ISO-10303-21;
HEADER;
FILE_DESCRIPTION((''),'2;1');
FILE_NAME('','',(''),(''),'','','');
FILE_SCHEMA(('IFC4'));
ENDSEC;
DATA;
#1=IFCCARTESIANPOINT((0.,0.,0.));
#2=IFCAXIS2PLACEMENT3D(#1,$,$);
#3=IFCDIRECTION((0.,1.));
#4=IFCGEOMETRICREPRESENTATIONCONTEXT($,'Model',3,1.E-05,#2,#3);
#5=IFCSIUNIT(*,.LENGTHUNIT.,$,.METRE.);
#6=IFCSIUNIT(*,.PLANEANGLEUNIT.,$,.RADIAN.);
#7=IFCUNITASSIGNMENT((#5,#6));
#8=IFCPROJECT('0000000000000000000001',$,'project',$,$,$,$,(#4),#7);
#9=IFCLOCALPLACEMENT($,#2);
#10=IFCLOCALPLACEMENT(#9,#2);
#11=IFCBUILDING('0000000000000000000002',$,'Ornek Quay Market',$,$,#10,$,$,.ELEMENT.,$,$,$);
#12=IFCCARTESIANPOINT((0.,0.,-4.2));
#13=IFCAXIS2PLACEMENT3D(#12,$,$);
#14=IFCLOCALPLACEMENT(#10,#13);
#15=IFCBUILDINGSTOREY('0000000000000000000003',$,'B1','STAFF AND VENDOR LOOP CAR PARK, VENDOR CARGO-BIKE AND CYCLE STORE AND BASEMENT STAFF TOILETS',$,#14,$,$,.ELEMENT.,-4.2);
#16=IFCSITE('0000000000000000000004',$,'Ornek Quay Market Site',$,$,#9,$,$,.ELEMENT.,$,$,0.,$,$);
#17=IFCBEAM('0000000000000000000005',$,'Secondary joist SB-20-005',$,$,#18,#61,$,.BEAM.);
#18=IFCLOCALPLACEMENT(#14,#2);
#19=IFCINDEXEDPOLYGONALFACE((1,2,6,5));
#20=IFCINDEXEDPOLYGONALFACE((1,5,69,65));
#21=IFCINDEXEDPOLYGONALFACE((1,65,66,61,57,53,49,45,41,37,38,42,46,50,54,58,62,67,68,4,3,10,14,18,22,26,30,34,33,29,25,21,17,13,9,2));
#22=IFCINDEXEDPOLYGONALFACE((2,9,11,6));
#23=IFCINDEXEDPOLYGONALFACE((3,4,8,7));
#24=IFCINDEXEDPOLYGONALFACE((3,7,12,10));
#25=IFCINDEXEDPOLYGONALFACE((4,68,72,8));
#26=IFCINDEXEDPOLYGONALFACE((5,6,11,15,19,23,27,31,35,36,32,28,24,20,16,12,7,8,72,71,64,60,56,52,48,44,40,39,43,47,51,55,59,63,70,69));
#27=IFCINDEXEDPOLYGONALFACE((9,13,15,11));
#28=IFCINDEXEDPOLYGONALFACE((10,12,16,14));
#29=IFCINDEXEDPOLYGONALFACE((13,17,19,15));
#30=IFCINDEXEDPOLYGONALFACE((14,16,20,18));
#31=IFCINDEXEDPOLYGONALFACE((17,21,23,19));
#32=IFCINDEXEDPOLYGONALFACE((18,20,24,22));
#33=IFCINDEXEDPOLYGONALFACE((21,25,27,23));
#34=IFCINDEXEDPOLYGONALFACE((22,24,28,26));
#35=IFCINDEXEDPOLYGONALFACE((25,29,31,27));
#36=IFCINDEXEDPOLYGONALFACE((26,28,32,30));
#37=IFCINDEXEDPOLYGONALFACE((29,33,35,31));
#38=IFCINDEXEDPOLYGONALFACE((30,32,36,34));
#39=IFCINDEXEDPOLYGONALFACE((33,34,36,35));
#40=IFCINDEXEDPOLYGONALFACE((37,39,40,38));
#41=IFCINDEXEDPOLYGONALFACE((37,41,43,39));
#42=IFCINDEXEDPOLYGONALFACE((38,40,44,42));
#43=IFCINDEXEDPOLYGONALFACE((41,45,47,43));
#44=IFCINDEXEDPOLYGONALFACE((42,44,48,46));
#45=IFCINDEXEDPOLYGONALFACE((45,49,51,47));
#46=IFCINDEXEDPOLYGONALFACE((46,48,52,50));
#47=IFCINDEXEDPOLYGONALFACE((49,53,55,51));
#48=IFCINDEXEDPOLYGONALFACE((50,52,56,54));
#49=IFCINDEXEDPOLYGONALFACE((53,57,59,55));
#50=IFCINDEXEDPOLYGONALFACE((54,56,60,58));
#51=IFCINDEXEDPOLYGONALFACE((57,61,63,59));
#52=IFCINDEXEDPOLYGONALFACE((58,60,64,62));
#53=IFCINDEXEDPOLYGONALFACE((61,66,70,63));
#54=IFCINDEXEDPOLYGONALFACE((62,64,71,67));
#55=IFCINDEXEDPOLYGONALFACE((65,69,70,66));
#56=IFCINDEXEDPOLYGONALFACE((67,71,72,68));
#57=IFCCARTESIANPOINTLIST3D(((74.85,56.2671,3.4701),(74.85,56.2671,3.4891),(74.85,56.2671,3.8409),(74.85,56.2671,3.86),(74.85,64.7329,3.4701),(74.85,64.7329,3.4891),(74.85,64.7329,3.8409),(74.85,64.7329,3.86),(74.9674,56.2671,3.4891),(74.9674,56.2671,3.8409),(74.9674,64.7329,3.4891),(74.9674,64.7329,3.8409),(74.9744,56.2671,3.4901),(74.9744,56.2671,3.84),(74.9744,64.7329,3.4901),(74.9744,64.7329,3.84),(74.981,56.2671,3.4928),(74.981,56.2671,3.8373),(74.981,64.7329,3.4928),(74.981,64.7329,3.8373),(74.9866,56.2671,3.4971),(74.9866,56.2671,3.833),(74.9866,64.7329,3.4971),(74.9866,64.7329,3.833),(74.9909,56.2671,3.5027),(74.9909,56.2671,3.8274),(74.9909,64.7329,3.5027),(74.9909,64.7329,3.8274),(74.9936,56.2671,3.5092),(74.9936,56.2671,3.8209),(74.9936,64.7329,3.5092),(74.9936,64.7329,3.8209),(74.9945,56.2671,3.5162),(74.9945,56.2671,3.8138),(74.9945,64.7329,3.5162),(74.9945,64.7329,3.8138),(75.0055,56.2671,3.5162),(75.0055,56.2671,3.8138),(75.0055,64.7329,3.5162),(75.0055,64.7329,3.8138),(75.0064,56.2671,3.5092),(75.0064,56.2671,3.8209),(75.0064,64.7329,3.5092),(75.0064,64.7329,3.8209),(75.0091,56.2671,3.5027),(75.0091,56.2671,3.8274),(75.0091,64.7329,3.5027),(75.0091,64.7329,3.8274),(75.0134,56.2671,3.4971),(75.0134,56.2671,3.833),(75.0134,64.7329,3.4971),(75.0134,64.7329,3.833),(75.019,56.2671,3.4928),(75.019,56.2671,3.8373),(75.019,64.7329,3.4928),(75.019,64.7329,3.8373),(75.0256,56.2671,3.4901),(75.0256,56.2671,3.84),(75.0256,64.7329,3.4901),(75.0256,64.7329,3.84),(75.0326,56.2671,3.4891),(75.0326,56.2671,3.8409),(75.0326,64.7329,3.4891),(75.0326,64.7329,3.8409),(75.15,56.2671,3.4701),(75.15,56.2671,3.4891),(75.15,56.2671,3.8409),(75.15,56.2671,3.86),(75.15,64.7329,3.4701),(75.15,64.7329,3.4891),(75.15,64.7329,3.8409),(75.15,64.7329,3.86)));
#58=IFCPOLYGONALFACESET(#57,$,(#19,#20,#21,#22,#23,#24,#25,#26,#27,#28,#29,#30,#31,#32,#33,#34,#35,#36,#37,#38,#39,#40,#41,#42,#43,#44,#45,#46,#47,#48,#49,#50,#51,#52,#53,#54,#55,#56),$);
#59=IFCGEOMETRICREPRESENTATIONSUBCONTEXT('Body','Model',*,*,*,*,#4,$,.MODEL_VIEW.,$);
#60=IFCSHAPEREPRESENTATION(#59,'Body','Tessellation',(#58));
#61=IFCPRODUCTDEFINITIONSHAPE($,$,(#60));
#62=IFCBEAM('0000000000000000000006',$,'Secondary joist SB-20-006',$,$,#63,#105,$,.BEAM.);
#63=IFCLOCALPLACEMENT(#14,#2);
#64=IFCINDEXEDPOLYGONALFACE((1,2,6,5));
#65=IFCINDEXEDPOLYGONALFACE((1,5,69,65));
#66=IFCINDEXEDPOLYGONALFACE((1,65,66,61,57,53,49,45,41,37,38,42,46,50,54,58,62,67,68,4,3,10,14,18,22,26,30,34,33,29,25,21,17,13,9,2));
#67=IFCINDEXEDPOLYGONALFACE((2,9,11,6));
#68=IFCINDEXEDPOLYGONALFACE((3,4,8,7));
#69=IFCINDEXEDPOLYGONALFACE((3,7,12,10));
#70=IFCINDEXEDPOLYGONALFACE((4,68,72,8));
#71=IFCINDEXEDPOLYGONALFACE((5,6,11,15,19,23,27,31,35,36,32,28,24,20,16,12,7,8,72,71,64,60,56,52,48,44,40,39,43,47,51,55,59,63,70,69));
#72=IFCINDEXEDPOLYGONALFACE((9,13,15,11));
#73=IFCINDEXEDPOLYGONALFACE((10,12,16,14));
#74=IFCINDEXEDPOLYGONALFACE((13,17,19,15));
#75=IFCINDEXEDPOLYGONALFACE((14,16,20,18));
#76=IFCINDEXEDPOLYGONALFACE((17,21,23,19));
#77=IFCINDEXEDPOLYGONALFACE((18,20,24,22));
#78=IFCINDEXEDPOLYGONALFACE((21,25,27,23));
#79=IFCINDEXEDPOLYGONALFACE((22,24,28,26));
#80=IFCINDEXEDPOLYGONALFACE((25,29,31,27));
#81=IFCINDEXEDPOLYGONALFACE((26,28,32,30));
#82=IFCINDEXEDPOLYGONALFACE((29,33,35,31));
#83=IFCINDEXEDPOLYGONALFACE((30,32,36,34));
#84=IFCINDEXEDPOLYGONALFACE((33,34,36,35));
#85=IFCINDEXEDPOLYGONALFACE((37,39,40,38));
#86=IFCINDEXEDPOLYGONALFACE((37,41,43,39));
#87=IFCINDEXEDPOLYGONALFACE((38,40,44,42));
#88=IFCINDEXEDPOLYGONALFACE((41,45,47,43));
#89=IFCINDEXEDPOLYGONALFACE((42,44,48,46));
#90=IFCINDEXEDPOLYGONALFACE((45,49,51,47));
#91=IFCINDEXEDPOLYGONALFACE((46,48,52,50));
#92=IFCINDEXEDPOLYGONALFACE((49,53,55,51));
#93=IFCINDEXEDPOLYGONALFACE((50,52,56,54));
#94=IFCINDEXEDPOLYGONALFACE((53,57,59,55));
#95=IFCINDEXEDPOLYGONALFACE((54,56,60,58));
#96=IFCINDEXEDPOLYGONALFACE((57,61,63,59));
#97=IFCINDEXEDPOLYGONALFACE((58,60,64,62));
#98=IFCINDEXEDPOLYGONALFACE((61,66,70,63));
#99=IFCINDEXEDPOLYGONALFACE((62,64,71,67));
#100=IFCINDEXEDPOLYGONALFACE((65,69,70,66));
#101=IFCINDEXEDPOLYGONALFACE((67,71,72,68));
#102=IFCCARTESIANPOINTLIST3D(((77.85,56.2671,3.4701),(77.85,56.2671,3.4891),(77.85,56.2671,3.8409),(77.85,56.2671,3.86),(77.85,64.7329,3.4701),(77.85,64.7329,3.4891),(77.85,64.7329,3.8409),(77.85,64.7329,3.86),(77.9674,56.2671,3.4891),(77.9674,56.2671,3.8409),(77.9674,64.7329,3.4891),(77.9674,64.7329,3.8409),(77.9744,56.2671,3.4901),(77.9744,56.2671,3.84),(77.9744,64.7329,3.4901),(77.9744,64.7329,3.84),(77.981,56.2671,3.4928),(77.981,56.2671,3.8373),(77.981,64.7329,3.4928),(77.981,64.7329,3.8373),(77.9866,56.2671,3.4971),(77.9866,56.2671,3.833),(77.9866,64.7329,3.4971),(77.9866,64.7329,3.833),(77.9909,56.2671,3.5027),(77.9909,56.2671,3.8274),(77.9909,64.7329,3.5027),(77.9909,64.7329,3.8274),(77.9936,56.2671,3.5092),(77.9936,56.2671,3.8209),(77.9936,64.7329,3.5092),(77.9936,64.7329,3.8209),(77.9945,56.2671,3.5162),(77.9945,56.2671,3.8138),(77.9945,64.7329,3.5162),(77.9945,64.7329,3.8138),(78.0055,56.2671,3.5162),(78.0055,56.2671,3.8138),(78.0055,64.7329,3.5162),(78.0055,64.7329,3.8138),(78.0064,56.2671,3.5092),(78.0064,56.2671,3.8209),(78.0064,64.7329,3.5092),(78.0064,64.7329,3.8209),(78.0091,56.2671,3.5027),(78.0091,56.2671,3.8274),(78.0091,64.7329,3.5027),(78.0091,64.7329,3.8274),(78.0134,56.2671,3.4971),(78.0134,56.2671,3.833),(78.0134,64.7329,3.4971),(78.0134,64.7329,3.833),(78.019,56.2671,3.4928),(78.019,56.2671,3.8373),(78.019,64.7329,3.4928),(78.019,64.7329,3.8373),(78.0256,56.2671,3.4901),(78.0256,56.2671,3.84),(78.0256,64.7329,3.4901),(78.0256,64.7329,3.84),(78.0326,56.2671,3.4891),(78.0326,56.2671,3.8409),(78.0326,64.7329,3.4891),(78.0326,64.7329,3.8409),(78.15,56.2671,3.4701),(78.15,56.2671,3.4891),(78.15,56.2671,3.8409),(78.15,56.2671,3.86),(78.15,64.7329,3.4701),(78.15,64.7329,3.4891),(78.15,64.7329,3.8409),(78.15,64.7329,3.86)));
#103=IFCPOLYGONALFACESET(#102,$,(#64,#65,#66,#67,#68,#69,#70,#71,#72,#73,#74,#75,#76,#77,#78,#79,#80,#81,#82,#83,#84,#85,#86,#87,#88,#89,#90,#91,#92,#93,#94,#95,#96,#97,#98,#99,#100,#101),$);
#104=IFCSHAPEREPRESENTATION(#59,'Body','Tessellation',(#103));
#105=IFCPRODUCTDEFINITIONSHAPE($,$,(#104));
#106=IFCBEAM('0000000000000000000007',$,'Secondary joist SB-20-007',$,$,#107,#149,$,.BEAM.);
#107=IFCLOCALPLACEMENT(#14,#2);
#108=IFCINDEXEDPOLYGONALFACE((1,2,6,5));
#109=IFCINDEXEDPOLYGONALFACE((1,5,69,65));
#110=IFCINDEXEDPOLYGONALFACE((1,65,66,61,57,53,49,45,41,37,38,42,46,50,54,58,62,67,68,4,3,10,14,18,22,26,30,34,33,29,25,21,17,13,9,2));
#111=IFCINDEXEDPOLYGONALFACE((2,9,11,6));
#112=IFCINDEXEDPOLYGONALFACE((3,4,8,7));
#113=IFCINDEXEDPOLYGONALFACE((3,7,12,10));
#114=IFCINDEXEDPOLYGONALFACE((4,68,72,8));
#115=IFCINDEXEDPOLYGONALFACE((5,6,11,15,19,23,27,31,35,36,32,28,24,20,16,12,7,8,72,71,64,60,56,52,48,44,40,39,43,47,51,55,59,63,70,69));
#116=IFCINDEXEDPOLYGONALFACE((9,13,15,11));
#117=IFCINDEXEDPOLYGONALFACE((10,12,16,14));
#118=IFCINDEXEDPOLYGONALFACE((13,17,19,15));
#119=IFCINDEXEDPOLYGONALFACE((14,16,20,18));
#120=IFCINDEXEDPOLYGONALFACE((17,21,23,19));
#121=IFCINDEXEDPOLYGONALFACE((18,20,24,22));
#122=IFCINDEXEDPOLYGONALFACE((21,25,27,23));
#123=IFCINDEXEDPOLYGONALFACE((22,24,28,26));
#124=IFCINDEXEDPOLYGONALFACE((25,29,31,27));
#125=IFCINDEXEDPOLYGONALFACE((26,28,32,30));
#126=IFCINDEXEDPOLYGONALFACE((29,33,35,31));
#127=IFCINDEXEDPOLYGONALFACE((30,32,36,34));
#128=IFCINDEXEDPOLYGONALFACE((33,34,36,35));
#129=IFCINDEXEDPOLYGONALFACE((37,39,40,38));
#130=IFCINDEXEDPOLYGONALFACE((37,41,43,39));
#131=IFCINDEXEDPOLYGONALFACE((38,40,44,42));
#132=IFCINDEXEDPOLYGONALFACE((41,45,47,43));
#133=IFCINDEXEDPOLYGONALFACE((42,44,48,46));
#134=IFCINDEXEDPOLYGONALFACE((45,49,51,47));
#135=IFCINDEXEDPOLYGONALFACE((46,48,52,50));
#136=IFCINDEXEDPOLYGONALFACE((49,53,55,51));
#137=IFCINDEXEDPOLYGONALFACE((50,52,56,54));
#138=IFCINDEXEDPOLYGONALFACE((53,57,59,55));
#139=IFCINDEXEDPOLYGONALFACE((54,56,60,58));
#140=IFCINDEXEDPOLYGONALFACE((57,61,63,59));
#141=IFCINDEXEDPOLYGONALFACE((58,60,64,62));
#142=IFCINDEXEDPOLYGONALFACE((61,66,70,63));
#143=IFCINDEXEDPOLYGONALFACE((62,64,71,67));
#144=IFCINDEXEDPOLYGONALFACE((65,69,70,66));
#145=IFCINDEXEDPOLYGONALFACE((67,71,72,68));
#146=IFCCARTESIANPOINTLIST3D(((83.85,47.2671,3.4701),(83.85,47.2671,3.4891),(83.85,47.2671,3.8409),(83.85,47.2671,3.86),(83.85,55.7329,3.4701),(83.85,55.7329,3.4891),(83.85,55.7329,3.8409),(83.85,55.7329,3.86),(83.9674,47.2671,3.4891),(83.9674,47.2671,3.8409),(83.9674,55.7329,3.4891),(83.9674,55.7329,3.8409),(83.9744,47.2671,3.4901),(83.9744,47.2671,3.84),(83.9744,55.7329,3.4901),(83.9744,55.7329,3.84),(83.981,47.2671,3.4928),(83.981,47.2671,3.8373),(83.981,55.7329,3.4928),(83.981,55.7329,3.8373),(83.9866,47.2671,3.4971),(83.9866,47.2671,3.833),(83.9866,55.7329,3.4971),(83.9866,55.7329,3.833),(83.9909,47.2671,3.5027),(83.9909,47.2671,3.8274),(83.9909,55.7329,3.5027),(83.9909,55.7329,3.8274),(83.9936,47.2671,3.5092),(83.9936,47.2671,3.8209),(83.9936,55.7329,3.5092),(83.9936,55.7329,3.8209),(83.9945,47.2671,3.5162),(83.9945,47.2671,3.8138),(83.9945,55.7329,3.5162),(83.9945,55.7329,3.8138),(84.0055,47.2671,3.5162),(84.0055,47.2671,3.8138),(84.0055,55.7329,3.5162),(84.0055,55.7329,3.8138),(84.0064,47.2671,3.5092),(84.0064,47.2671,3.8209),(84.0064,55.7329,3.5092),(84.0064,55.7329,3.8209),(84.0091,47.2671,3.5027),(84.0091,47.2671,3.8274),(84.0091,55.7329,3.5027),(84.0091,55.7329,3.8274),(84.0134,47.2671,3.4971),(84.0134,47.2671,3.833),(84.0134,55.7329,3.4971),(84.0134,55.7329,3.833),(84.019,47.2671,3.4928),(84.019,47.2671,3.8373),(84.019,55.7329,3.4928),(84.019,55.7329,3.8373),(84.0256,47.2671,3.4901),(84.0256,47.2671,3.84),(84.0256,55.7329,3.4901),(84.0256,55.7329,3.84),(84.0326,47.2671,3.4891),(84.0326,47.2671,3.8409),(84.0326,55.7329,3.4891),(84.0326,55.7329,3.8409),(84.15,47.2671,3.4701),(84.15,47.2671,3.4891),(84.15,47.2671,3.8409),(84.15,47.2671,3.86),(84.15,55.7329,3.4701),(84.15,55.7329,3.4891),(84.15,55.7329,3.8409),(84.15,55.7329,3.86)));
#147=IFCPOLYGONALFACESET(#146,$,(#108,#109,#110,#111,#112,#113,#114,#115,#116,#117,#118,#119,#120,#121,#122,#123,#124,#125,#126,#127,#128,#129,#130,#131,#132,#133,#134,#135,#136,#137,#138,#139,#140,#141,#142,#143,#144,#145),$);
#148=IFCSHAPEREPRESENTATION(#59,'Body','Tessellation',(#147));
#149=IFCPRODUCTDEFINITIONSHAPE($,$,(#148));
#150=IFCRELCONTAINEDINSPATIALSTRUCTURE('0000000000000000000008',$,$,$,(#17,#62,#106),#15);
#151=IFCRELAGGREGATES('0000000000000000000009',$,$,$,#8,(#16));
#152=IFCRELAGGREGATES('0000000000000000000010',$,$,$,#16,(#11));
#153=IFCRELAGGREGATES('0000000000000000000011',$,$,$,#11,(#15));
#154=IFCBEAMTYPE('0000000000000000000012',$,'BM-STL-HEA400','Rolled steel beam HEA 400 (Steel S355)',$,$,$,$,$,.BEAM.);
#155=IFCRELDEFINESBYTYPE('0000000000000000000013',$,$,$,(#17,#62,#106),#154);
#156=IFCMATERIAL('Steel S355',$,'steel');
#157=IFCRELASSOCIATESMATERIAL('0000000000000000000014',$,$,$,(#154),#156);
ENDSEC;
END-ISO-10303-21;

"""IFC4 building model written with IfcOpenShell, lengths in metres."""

from ifc_helpers import new_model, si_unit, direction, frame, origin, origin_2d, place, context, subcontext, project, spatial, i_section, extrude, material, material_profile, profile_set, type_object, element, save


model = new_model("IFC4")

# Units and contexts
model_context = context("Model", 3, precision=1e-05, world=origin(), true_north=direction((0.0, 1.0)))
body_context = subcontext(model_context, "Body", "Model", "MODEL_VIEW")
ifc_project = project(units=[si_unit("LENGTHUNIT", "METRE"), si_unit("PLANEANGLEUNIT", "RADIAN")], contexts=[model_context])

# Site, building, storey
site_placement = place(None, origin())
site = spatial("IfcSite", under=ifc_project, at=site_placement, Name="Ornek Quay Market Site", CompositionType="ELEMENT", RefElevation=0.0)
building_placement = place(site_placement, origin())
building = spatial("IfcBuilding", under=site, at=building_placement, Name="Ornek Quay Market", CompositionType="ELEMENT")
storey_placement = place(building_placement, frame((0.0, 0.0, -4.2)))
storey = spatial("IfcBuildingStorey", under=building, at=storey_placement, Name="B1", Description="STAFF AND VENDOR LOOP CAR PARK, VENDOR CARGO-BIKE AND CYCLE STORE AND BASEMENT STAFF TOILETS", CompositionType="ELEMENT", Elevation=-4.2)

# Beams
ifc_material_1 = material(Name="Steel S355", Category="steel")
ifc_material_profile_1 = material_profile(ifc_material_1, i_section(OverallWidth=0.3, OverallDepth=0.3899, WebThickness=0.011, FlangeThickness=0.019, FilletRadius=0.0271, at=origin_2d()), Name="HEA 400", Category="steel")
ifc_profile_set_1 = profile_set([ifc_material_profile_1], Name="Steel S355")
beam_type_1 = type_object("IfcBeamType", Name="BM-STL-HEA400", Description="Rolled steel beam HEA 400 (Steel S355)", PredefinedType="BEAM", material=ifc_profile_set_1)
for number, where, z_axis, x_axis, name in (
    (1, (75.0, 56.2671, 3.665), (0.0, 1.0, 0.0), (-1.0, 0.0, 0.0), "Secondary joist SB-20-005"),
    (2, (78.0, 56.2671, 3.665), (0.0, 1.0, 0.0), (-1.0, 0.0, 0.0), "Secondary joist SB-20-006"),
    (3, (84.0, 47.2671, 3.665), (0.0, 1.0, 0.0), (-1.0, 0.0, 0.0), "Secondary joist SB-20-007"),
):
    element("IfcBeam", number, at=place(storey_placement, frame(where, z_axis=z_axis, x_axis=x_axis)), inside=storey, type_object=beam_type_1, Name=name, PredefinedType="BEAM", context=body_context, shape_type="SweptSolid", body=[
        extrude(i_section(OverallWidth=0.3, OverallDepth=0.3899, WebThickness=0.011, FlangeThickness=0.019, FilletRadius=0.0271, at=origin_2d()), origin(), (0.0, 0.0, 1.0), 8.4658),
    ])

save(model, "model.ifc")
